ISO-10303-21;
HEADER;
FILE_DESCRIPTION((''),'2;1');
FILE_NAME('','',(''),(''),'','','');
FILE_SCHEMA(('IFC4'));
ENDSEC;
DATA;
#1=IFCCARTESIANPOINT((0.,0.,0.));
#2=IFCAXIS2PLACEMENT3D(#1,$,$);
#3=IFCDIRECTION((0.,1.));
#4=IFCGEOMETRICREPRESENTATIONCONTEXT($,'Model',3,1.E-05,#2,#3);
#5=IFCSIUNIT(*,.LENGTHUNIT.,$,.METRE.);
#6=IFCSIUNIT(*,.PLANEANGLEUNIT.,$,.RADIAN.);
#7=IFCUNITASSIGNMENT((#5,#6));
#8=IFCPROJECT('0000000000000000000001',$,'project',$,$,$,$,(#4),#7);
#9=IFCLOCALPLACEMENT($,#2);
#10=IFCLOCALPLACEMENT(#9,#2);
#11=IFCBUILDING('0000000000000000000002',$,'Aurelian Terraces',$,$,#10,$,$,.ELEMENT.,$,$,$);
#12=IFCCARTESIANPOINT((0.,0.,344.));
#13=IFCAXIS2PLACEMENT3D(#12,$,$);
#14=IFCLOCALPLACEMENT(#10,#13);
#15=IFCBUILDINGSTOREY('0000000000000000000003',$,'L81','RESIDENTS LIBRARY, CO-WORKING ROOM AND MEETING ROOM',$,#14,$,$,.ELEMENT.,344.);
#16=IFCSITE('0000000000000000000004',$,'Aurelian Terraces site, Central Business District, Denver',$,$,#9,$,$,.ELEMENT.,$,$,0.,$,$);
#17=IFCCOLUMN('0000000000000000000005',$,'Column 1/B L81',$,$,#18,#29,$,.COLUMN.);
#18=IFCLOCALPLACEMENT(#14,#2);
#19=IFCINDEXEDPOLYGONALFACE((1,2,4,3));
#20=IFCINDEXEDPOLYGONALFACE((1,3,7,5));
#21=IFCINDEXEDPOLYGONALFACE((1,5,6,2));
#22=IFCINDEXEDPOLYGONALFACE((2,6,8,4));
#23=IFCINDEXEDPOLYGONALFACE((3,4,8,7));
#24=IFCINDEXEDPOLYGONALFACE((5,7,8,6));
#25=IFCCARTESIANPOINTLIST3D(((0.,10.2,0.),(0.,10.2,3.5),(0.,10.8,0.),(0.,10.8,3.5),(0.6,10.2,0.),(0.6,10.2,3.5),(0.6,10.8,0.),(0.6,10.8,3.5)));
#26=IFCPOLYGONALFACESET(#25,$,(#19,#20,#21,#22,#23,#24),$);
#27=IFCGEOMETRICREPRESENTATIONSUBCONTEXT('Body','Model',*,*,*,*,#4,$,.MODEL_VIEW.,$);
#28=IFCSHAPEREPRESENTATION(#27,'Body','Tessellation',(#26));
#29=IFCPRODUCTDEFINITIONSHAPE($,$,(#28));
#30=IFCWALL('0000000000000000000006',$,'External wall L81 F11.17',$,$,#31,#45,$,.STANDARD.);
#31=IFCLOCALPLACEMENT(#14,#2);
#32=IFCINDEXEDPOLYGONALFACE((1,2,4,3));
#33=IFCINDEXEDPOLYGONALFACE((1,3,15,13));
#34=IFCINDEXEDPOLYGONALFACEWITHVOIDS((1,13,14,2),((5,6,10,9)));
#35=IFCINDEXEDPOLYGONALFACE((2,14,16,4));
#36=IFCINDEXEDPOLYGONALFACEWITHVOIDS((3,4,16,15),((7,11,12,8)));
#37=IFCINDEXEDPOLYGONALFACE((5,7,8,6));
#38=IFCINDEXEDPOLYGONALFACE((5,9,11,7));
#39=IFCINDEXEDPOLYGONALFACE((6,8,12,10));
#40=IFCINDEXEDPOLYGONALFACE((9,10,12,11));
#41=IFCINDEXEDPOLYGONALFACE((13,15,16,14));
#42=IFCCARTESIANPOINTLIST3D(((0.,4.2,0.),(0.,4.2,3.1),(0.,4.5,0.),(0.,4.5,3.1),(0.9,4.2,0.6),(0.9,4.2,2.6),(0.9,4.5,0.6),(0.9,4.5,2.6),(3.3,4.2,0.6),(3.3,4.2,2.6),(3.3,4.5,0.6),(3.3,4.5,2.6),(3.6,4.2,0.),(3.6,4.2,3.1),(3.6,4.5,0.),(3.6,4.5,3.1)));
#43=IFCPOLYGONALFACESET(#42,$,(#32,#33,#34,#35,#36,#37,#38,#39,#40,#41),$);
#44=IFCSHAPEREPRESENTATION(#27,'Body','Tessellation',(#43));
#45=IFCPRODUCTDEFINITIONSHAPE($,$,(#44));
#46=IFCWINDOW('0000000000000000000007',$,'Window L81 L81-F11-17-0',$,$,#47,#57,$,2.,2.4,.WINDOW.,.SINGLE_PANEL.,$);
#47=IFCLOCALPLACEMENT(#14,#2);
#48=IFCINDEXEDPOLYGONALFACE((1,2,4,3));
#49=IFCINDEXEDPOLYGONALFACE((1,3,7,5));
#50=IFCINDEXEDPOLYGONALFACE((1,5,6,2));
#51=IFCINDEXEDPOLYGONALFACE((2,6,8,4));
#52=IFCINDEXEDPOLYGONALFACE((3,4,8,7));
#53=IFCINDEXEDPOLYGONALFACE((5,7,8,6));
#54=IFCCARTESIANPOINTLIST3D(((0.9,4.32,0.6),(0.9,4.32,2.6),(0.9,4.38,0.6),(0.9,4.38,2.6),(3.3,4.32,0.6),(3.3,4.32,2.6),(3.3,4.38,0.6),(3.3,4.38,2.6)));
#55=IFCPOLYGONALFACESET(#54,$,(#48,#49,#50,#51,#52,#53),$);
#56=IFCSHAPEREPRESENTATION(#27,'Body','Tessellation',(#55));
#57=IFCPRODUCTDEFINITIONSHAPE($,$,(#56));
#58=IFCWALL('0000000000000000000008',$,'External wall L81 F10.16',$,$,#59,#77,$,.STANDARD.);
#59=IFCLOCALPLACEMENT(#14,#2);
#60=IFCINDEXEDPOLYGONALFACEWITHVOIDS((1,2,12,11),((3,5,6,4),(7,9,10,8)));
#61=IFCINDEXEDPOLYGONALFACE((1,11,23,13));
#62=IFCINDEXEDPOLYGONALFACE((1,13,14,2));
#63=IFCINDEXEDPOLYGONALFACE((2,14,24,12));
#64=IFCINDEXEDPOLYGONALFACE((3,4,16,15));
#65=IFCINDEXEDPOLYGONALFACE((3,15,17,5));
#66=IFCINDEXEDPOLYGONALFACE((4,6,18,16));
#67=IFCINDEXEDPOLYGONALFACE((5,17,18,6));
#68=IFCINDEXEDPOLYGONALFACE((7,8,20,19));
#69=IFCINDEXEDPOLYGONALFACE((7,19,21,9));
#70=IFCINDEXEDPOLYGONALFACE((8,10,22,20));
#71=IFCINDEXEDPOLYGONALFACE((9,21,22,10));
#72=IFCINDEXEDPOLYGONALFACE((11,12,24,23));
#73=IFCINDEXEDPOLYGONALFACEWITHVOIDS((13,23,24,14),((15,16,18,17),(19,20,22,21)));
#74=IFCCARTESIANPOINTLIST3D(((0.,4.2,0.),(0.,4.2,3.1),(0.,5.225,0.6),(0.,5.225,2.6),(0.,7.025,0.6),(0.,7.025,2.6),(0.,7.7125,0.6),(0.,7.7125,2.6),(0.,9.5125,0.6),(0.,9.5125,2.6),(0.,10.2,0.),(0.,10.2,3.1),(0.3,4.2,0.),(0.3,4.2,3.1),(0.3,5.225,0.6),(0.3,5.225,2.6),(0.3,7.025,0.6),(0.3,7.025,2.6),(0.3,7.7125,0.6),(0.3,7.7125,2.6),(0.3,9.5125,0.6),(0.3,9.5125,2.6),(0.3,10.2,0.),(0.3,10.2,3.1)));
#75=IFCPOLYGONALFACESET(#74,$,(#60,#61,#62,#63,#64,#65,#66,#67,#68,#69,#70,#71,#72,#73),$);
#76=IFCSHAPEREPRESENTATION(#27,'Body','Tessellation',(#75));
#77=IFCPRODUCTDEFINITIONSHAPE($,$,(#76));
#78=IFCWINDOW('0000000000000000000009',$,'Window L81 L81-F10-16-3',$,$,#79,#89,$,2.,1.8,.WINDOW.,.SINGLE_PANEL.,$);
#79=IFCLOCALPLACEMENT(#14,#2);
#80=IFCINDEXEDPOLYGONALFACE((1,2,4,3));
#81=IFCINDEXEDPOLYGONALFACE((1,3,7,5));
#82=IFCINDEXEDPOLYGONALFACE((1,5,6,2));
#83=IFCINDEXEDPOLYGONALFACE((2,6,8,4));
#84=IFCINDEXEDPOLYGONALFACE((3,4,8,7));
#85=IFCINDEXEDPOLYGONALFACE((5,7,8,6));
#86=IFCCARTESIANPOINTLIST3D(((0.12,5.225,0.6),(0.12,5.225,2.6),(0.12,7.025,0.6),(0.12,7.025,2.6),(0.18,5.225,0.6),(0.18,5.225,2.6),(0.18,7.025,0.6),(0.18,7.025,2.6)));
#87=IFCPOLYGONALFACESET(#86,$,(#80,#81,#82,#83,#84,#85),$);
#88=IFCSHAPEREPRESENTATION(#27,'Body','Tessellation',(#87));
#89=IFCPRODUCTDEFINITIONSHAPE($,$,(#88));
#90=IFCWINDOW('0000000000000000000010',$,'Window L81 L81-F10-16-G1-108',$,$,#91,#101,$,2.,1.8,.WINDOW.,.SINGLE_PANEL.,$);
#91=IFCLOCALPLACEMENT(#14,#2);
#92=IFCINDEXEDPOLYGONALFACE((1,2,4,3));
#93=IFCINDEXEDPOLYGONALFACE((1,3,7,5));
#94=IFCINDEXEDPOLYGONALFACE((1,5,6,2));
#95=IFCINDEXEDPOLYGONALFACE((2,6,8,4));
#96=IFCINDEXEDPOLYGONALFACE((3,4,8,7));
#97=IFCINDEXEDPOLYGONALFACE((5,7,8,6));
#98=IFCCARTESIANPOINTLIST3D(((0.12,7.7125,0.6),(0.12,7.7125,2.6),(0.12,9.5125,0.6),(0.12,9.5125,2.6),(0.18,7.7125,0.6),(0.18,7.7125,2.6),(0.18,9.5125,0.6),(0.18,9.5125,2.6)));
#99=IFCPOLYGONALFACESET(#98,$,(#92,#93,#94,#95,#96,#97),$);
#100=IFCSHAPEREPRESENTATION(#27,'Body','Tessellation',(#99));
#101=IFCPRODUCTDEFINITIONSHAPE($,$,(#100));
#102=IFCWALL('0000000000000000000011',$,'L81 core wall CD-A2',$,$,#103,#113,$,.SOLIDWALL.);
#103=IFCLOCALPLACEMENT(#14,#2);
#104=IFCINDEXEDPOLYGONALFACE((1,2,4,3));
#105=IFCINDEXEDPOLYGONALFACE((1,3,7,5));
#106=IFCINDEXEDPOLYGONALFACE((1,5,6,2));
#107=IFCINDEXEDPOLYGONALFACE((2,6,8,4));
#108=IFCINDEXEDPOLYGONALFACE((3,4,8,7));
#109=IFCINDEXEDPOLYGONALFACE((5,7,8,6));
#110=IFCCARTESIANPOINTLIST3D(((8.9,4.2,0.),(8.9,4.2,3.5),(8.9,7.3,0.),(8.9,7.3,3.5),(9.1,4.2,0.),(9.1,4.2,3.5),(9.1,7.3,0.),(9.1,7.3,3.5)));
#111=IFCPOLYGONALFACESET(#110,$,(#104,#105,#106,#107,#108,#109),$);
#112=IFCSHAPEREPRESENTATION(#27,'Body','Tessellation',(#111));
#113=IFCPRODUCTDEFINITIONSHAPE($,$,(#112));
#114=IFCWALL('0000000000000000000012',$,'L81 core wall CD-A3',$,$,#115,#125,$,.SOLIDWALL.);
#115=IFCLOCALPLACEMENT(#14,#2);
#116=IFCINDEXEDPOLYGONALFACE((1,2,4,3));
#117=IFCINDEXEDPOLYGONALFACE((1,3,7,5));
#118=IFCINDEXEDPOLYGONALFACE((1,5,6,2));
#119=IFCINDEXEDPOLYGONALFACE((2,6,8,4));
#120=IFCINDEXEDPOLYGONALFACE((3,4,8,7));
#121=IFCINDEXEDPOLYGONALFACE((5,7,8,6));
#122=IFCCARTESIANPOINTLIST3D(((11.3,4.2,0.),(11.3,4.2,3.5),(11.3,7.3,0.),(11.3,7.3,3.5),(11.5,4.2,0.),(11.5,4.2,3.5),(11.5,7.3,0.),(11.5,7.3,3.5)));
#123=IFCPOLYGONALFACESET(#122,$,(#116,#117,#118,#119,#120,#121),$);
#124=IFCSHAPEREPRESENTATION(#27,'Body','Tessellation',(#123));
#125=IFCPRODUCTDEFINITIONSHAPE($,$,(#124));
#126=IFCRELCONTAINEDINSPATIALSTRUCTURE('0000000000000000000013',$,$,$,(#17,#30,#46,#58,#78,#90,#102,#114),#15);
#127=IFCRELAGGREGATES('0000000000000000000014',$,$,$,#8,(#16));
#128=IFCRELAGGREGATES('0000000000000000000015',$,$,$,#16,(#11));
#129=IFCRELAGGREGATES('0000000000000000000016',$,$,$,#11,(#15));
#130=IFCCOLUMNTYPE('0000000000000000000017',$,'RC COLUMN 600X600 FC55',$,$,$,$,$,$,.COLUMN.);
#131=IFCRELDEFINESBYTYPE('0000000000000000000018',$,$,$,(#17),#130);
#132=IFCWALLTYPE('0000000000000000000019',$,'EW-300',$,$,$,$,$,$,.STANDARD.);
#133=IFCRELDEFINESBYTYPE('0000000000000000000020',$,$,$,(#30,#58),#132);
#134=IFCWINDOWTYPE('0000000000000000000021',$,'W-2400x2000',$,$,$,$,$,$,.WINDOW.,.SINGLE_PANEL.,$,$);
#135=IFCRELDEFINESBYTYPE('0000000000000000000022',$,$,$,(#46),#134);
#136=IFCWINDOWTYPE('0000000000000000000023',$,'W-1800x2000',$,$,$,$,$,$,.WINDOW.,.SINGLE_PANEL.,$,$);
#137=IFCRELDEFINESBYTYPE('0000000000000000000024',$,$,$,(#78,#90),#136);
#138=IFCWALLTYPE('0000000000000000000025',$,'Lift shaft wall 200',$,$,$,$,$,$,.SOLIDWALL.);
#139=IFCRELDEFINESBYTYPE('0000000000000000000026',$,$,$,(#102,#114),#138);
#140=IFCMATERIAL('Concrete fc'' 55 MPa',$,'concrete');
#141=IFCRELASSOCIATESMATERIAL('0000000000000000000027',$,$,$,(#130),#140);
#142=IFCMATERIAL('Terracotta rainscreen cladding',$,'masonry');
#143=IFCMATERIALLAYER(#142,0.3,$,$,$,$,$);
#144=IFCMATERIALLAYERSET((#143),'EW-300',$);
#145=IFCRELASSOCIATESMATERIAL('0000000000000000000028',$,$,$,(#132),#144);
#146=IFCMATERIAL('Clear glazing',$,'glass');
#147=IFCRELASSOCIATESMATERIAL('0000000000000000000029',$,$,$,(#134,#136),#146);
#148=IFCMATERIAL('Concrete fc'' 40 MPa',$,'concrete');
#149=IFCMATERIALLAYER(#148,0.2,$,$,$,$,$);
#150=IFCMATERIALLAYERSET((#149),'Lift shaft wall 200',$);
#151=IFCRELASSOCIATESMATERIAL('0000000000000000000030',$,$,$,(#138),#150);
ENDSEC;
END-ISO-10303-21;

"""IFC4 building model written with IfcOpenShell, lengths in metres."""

from ifc_helpers import new_model, si_unit, direction, frame, frame_2d, origin, origin_2d, place, context, subcontext, project, spatial, rectangle, extrude, source, transform, mapped, material, layer, layer_set, material_profile, profile_set, type_object, element, fill, save


model = new_model("IFC4")

# Units and contexts
model_context = context("Model", 3, precision=1e-05, world=origin(), true_north=direction((0.0, 1.0)))
body_context = subcontext(model_context, "Body", "Model", "MODEL_VIEW")
ifc_project = project(units=[si_unit("LENGTHUNIT", "METRE"), si_unit("PLANEANGLEUNIT", "RADIAN")], contexts=[model_context])

# Site, building, storey
site_placement = place(None, origin())
site = spatial("IfcSite", under=ifc_project, at=site_placement, Name="Aurelian Terraces site, Central Business District, Denver", CompositionType="ELEMENT", RefElevation=0.0)
building_placement = place(site_placement, origin())
building = spatial("IfcBuilding", under=site, at=building_placement, Name="Aurelian Terraces", CompositionType="ELEMENT")
storey_placement = place(building_placement, frame((0.0, 0.0, 344.0)))
storey = spatial("IfcBuildingStorey", under=building, at=storey_placement, Name="L81", Description="RESIDENTS LIBRARY, CO-WORKING ROOM AND MEETING ROOM", CompositionType="ELEMENT", Elevation=344.0)

# Column
ifc_material_1 = material(Name="Concrete fc' 55 MPa", Category="concrete")
ifc_material_profile = material_profile(ifc_material_1, rectangle(XDim=0.6, YDim=0.6, at=origin_2d()))
ifc_profile_set = profile_set([ifc_material_profile], Name="Concrete fc' 55 MPa")
column_type = type_object("IfcColumnType", Name="RC COLUMN 600X600 FC55", PredefinedType="COLUMN", material=ifc_profile_set)
shared_shape_1 = source(origin(), body_context, "Body", "SweptSolid", [
    extrude(rectangle(XDim=0.6, YDim=0.6, at=origin_2d()), origin(), (0.0, 0.0, 1.0), 3.5),
])
column_placement = place(storey_placement, frame((0.3, 10.5, 0.0), z_axis=(0.0, 0.0, 1.0), x_axis=(1.0, 0.0, 0.0)))
element("IfcColumn", 1, at=column_placement, inside=storey, type_object=column_type, Name="Column 1/B L81", PredefinedType="COLUMN", context=body_context, shape_type="MappedRepresentation", body=[
    mapped(shared_shape_1, transform((0.0, 0.0, 0.0), scale=1.0)),
])

# Wall, opening, window
ifc_material_2 = material(Name="Terracotta rainscreen cladding", Category="masonry")
ifc_layer_1 = layer(ifc_material_2, 0.3)
ifc_layer_set_1 = layer_set([ifc_layer_1], Name="EW-300")
wall_type_1 = type_object("IfcWallType", Name="EW-300", PredefinedType="STANDARD", material=ifc_layer_set_1)
shared_shape_2 = source(origin(), body_context, "Body", "SweptSolid", [
    extrude(rectangle(XDim=3.6, YDim=0.3, at=frame_2d((1.8, 0.0))), origin(), (0.0, 0.0, 1.0), 3.1),
])
wall_1_placement = place(storey_placement, frame((0.0, 4.35, 0.0), z_axis=(0.0, 0.0, 1.0), x_axis=(1.0, 0.0, 0.0)))
wall_1 = element("IfcWall", 2, at=wall_1_placement, inside=storey, type_object=wall_type_1, Name="External wall L81 F11.17", PredefinedType="STANDARD", context=body_context, shape_type="MappedRepresentation", body=[
    mapped(shared_shape_2, transform((0.0, 0.0, 0.0), scale=1.0)),
])
shared_shape_3 = source(origin(), body_context, "Body", "SweptSolid", [
    extrude(rectangle(XDim=2.4, YDim=2.0, at=frame_2d((1.2, 1.0))), frame((0.0, 0.16, 0.0), z_axis=(0.0, -1.0, 0.0), x_axis=(1.0, 0.0, 0.0)), (0.0, 0.0, 1.0), 0.32),
])
opening_1_placement = place(wall_1_placement, frame((0.9, 0.0, 0.6)))
opening_1 = element("IfcOpeningElement", 3, at=opening_1_placement, cuts=wall_1, PredefinedType="OPENING", context=body_context, shape_type="MappedRepresentation", body=[
    mapped(shared_shape_3, transform((0.0, 0.0, 0.0), scale=1.0)),
])
ifc_material_3 = material(Name="Clear glazing", Category="glass")
window_type_1 = type_object("IfcWindowType", Name="W-2400x2000", PartitioningType="SINGLE_PANEL", PredefinedType="WINDOW", material=ifc_material_3)
shared_shape_4 = source(origin(), body_context, "Body", "SweptSolid", [
    extrude(rectangle(XDim=2.4, YDim=2.0, at=frame_2d((1.2, 1.0))), frame((0.0, 0.03, 0.0), z_axis=(0.0, -1.0, 0.0), x_axis=(1.0, 0.0, 0.0)), (0.0, 0.0, 1.0), 0.06),
])
window_1_placement = place(opening_1_placement, origin())
window_1 = element("IfcWindow", 4, at=window_1_placement, inside=storey, type_object=window_type_1, Name="Window L81 L81-F11-17-0", OverallHeight=2.0, OverallWidth=2.4, PartitioningType="SINGLE_PANEL", PredefinedType="WINDOW", context=body_context, shape_type="MappedRepresentation", body=[
    mapped(shared_shape_4, transform((0.0, 0.0, 0.0), scale=1.0)),
])
fill(opening_1, window_1)

# Wall, openings, windows
shared_shape_5 = source(origin(), body_context, "Body", "SweptSolid", [
    extrude(rectangle(XDim=6.0, YDim=0.3, at=frame_2d((3.0, 0.0))), origin(), (0.0, 0.0, 1.0), 3.1),
])
wall_2_placement = place(storey_placement, frame((0.15, 10.2, 0.0), z_axis=(0.0, 0.0, 1.0), x_axis=(0.0, -1.0, 0.0)))
wall_2 = element("IfcWall", 5, at=wall_2_placement, inside=storey, type_object=wall_type_1, Name="External wall L81 F10.16", PredefinedType="STANDARD", context=body_context, shape_type="MappedRepresentation", body=[
    mapped(shared_shape_5, transform((0.0, 0.0, 0.0), scale=1.0)),
])
shared_shape_6 = source(origin(), body_context, "Body", "SweptSolid", [
    extrude(rectangle(XDim=1.8, YDim=2.0, at=frame_2d((0.9, 1.0))), frame((0.0, 0.16, 0.0), z_axis=(0.0, -1.0, 0.0), x_axis=(1.0, 0.0, 0.0)), (0.0, 0.0, 1.0), 0.32),
])
opening_2_placement = place(wall_2_placement, frame((3.175, 0.0, 0.6)))
opening_2 = element("IfcOpeningElement", 6, at=opening_2_placement, cuts=wall_2, PredefinedType="OPENING", context=body_context, shape_type="MappedRepresentation", body=[
    mapped(shared_shape_6, transform((0.0, 0.0, 0.0), scale=1.0)),
])
opening_3_placement = place(wall_2_placement, frame((0.6875, 0.0, 0.6)))
opening_3 = element("IfcOpeningElement", 7, at=opening_3_placement, cuts=wall_2, PredefinedType="OPENING", context=body_context, shape_type="MappedRepresentation", body=[
    mapped(shared_shape_6, transform((0.0, 0.0, 0.0), scale=1.0)),
])
window_type_2 = type_object("IfcWindowType", Name="W-1800x2000", PartitioningType="SINGLE_PANEL", PredefinedType="WINDOW", material=ifc_material_3)
shared_shape_7 = source(origin(), body_context, "Body", "SweptSolid", [
    extrude(rectangle(XDim=1.8, YDim=2.0, at=frame_2d((0.9, 1.0))), frame((0.0, 0.03, 0.0), z_axis=(0.0, -1.0, 0.0), x_axis=(1.0, 0.0, 0.0)), (0.0, 0.0, 1.0), 0.06),
])
window_2_placement = place(opening_2_placement, origin())
window_2 = element("IfcWindow", 8, at=window_2_placement, inside=storey, type_object=window_type_2, Name="Window L81 L81-F10-16-3", OverallHeight=2.0, OverallWidth=1.8, PartitioningType="SINGLE_PANEL", PredefinedType="WINDOW", context=body_context, shape_type="MappedRepresentation", body=[
    mapped(shared_shape_7, transform((0.0, 0.0, 0.0), scale=1.0)),
])
fill(opening_2, window_2)
window_3_placement = place(opening_3_placement, origin())
window_3 = element("IfcWindow", 9, at=window_3_placement, inside=storey, type_object=window_type_2, Name="Window L81 L81-F10-16-G1-108", OverallHeight=2.0, OverallWidth=1.8, PartitioningType="SINGLE_PANEL", PredefinedType="WINDOW", context=body_context, shape_type="MappedRepresentation", body=[
    mapped(shared_shape_7, transform((0.0, 0.0, 0.0), scale=1.0)),
])
fill(opening_3, window_3)

# Walls
ifc_material_4 = material(Name="Concrete fc' 40 MPa", Category="concrete")
ifc_layer_2 = layer(ifc_material_4, 0.2)
ifc_layer_set_2 = layer_set([ifc_layer_2], Name="Lift shaft wall 200")
wall_type_2 = type_object("IfcWallType", Name="Lift shaft wall 200", PredefinedType="SOLIDWALL", material=ifc_layer_set_2)
shared_shape_8 = source(origin(), body_context, "Body", "SweptSolid", [
    extrude(rectangle(XDim=3.1, YDim=0.2, at=frame_2d((1.55, 0.0))), origin(), (0.0, 0.0, 1.0), 3.5),
])
for number, where, z_axis, x_axis, name in (
    (10, (9.0, 4.2, 0.0), (0.0, 0.0, 1.0), (0.0, 1.0, 0.0), "L81 core wall CD-A2"),
    (11, (11.4, 4.2, 0.0), (0.0, 0.0, 1.0), (0.0, 1.0, 0.0), "L81 core wall CD-A3"),
):
    element("IfcWall", number, at=place(storey_placement, frame(where, z_axis=z_axis, x_axis=x_axis)), inside=storey, type_object=wall_type_2, Name=name, PredefinedType="SOLIDWALL", context=body_context, shape_type="MappedRepresentation", body=[
        mapped(shared_shape_8, transform((0.0, 0.0, 0.0), scale=1.0)),
    ])

save(model, "model.ifc")
